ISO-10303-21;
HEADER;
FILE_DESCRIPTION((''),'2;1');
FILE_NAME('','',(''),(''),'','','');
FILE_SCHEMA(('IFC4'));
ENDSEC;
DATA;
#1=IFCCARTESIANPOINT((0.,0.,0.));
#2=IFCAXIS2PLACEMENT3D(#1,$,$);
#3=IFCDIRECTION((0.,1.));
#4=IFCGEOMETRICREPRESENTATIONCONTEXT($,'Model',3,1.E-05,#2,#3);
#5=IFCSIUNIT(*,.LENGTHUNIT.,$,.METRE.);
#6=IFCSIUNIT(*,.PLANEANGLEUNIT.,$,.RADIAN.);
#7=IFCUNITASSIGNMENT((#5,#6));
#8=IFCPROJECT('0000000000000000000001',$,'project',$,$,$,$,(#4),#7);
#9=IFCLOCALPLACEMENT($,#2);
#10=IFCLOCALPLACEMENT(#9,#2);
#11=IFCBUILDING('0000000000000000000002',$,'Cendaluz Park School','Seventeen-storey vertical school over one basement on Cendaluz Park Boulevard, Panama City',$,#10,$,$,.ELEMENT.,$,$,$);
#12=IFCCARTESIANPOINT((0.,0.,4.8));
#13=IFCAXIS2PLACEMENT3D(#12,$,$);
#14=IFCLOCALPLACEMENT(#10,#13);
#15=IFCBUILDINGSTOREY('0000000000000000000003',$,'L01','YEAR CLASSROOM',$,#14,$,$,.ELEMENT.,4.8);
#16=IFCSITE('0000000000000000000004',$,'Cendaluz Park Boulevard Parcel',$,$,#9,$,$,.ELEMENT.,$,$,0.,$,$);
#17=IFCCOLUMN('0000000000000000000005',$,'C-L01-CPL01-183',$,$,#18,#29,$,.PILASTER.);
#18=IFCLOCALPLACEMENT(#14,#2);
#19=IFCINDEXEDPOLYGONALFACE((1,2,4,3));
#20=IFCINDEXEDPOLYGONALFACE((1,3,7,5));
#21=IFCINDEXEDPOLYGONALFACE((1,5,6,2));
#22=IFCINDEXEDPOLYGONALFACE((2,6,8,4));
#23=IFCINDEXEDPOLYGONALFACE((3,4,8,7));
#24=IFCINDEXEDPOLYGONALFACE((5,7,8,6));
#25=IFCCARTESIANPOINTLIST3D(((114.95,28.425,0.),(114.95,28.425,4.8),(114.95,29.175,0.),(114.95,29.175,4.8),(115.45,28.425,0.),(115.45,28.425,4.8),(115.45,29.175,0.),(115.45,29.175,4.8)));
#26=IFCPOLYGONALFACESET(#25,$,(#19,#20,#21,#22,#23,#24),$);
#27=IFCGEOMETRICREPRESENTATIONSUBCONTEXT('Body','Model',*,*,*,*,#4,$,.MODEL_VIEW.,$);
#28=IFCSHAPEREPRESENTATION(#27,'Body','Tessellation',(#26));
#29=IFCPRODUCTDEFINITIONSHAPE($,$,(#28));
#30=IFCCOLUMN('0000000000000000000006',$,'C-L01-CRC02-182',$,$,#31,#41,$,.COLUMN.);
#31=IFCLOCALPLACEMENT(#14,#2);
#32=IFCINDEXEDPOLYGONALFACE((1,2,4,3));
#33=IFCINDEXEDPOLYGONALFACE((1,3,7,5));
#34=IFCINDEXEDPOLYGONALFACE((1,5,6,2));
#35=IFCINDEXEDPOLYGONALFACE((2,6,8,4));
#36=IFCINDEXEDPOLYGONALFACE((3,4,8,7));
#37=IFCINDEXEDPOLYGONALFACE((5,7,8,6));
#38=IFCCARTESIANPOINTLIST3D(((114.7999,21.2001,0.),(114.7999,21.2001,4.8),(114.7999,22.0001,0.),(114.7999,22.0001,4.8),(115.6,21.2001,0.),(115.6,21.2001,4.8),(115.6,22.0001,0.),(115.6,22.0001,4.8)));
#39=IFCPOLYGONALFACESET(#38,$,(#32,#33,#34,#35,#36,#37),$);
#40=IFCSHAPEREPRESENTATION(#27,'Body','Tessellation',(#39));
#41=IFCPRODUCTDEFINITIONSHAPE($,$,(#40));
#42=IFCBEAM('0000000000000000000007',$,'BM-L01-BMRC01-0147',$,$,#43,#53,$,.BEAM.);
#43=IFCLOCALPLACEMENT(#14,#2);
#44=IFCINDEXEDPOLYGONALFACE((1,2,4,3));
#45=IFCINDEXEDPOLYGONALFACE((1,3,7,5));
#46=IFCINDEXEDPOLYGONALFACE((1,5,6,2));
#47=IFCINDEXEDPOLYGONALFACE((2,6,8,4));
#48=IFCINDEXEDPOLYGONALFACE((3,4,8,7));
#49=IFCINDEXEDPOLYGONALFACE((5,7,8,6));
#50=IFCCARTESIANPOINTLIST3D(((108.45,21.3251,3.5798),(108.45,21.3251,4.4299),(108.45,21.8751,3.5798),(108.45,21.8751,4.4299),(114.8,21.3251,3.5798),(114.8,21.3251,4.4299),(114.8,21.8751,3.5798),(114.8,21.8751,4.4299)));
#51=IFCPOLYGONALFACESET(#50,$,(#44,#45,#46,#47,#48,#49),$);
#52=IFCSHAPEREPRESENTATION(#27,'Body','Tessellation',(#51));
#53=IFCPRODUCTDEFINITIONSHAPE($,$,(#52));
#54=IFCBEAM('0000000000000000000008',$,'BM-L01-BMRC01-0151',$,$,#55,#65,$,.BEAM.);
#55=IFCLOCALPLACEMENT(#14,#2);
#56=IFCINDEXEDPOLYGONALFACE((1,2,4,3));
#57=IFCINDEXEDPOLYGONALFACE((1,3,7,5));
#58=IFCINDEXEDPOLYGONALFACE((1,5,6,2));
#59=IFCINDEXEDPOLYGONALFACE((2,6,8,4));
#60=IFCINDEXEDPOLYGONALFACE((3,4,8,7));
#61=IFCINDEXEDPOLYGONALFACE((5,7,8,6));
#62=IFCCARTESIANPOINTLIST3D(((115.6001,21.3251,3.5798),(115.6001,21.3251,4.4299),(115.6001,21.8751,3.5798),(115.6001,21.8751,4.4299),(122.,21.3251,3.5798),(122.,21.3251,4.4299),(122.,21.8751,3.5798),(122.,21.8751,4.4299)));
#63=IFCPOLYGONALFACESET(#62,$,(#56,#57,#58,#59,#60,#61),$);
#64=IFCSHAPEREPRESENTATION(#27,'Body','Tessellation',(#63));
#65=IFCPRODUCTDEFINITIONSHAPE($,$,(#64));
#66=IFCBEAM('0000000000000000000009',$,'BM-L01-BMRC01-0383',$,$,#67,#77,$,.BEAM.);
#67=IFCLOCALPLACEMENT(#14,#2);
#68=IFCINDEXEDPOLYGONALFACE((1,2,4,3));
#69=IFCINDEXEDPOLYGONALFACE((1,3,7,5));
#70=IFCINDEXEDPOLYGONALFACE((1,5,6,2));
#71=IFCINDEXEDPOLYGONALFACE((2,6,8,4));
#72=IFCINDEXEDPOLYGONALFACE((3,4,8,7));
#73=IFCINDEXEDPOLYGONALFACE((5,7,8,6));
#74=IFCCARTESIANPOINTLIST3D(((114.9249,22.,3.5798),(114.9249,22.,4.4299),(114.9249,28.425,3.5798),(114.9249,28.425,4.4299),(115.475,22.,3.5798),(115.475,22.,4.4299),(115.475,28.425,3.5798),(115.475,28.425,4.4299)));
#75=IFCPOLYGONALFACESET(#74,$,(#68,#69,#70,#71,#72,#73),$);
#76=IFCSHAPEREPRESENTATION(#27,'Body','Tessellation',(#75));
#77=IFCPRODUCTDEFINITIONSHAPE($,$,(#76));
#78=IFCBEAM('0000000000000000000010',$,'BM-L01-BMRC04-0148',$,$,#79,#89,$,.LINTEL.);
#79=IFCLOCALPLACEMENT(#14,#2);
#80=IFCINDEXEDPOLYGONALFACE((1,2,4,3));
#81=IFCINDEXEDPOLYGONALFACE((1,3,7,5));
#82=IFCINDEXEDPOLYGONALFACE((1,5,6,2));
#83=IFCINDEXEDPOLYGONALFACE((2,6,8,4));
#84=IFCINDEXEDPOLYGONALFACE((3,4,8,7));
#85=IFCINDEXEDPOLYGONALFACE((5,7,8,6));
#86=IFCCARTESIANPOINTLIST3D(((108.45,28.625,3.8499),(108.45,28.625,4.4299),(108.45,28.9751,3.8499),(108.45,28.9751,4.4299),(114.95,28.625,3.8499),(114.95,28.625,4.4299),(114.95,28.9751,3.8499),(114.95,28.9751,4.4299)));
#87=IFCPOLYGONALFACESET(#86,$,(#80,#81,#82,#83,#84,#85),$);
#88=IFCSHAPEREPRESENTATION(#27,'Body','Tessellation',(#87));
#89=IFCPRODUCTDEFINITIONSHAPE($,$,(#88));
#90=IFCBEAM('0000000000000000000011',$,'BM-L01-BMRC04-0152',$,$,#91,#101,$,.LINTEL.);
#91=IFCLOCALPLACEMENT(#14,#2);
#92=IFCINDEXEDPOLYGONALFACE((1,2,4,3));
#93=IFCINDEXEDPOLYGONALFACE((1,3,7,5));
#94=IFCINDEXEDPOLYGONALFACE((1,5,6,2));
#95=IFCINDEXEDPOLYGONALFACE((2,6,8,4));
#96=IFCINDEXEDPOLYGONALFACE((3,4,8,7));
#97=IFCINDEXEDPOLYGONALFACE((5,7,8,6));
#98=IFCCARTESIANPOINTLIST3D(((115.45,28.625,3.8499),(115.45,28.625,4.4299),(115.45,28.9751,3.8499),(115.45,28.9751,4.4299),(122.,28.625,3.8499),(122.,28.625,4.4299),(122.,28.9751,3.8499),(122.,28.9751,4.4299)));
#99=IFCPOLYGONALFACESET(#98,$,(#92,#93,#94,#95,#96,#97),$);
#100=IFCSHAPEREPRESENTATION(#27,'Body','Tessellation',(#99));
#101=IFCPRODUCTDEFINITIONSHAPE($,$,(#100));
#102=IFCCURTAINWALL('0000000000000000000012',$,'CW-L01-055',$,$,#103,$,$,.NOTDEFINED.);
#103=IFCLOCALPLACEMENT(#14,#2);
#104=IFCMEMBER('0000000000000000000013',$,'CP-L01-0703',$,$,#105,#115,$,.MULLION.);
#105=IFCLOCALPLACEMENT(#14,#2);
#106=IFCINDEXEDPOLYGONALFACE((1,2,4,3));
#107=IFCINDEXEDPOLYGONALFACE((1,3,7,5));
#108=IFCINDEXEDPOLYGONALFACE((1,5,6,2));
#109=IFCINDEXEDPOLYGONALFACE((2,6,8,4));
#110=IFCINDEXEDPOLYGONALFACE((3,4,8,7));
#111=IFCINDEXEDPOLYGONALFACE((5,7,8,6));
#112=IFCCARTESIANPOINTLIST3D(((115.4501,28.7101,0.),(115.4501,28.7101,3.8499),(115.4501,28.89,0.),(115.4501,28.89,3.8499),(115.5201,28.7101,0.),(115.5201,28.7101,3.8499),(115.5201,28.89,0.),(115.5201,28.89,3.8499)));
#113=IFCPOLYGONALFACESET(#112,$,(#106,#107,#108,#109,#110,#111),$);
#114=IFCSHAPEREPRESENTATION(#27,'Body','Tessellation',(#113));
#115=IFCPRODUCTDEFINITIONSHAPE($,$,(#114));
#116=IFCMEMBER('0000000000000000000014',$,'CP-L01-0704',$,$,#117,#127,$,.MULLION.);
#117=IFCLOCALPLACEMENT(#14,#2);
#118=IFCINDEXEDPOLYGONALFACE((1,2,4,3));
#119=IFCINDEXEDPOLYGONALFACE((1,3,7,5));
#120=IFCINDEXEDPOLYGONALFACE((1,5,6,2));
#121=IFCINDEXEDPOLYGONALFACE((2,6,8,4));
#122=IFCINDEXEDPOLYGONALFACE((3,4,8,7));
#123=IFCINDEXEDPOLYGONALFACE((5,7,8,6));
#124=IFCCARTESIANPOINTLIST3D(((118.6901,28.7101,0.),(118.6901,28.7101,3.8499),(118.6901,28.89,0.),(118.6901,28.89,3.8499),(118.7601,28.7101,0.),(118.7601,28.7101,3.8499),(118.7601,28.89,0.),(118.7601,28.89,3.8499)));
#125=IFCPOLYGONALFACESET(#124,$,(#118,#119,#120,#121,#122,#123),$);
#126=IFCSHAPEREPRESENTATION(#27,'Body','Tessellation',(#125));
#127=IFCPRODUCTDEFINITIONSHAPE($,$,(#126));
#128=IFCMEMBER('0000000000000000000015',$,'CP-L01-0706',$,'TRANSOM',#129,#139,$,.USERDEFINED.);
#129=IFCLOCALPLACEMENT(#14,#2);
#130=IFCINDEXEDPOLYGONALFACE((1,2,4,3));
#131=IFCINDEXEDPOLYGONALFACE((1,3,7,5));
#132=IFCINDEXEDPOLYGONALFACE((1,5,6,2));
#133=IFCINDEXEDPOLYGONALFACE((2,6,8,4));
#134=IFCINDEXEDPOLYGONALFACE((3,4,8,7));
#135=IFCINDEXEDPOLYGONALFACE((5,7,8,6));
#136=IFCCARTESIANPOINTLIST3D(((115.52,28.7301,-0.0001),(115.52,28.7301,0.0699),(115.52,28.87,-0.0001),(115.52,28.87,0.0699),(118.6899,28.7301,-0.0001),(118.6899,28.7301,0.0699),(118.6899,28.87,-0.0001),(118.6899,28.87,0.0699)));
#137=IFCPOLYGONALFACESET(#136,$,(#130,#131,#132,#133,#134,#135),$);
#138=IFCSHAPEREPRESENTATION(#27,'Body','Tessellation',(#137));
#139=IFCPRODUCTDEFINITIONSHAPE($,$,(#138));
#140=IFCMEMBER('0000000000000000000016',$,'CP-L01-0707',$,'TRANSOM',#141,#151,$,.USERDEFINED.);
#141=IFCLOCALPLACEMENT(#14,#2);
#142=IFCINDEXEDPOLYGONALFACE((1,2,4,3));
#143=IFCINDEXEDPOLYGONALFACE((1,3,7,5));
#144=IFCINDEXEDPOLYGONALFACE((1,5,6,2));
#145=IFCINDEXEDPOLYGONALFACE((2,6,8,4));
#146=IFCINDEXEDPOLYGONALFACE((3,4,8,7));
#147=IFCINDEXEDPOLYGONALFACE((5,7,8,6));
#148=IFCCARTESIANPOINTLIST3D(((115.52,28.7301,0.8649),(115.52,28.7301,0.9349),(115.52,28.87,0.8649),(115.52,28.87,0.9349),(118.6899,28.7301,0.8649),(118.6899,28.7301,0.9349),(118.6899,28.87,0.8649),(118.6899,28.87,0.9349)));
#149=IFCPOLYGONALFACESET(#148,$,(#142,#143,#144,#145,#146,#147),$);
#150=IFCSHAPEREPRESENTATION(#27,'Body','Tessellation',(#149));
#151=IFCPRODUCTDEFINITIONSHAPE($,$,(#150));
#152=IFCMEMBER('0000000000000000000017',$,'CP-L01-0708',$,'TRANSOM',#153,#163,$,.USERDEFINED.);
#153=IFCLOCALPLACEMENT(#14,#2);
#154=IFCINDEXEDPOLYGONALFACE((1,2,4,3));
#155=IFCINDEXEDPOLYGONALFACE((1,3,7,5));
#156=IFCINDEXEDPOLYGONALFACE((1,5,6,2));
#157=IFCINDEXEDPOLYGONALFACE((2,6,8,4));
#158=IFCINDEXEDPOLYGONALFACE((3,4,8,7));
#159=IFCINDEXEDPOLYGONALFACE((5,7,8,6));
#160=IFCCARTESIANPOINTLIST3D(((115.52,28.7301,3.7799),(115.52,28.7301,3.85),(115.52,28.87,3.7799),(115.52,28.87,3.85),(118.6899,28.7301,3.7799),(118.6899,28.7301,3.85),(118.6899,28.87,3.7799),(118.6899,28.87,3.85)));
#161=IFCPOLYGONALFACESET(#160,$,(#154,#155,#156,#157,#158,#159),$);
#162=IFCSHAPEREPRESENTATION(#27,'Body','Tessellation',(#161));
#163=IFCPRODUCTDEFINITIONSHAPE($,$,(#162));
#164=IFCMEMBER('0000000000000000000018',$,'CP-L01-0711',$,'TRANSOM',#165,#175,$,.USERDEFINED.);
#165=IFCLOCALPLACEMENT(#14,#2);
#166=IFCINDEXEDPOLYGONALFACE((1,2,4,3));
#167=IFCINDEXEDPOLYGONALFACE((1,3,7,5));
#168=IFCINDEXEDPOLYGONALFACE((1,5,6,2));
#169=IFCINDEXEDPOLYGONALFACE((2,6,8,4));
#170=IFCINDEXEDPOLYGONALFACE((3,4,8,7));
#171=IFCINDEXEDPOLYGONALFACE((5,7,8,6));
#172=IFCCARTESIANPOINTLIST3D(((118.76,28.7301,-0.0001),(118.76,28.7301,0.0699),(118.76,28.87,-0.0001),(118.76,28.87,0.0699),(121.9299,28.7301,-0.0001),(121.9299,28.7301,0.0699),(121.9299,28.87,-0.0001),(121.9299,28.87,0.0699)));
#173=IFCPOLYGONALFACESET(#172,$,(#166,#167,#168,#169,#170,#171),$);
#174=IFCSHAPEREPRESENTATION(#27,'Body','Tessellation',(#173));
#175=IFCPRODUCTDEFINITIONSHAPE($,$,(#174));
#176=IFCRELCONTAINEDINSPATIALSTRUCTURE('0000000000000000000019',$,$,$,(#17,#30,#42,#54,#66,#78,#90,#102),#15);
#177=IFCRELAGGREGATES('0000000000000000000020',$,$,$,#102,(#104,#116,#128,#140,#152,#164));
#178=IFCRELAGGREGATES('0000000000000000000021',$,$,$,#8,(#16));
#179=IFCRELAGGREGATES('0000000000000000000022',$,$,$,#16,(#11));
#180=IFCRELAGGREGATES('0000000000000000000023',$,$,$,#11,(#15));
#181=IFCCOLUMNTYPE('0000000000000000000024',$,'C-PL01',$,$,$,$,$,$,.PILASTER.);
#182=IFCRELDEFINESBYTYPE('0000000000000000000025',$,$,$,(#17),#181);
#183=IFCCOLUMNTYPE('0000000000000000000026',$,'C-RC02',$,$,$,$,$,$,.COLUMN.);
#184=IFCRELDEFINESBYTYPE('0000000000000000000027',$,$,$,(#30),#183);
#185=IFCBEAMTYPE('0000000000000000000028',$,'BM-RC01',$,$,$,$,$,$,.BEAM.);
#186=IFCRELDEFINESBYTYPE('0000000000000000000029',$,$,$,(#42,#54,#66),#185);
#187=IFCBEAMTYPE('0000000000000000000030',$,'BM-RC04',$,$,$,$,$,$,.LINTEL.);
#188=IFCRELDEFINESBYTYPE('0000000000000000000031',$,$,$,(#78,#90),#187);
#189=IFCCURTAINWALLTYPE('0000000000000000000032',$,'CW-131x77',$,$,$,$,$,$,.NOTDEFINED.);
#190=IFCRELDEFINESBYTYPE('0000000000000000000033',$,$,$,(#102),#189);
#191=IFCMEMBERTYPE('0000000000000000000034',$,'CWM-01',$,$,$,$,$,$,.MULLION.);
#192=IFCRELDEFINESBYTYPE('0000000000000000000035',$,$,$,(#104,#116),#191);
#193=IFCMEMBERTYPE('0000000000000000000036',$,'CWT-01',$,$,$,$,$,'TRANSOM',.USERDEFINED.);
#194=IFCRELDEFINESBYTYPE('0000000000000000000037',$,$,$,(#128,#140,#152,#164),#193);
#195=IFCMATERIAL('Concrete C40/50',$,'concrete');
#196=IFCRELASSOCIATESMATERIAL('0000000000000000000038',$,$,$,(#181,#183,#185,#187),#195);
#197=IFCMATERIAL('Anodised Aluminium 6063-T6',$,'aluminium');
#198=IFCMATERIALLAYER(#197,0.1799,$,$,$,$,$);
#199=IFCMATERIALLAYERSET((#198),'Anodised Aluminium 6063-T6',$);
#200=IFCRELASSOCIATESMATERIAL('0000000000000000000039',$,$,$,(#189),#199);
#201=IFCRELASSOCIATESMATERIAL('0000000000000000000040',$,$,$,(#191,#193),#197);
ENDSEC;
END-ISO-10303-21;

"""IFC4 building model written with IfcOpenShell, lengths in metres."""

from ifc_helpers import new_model, si_unit, direction, frame, origin, origin_2d, place, context, subcontext, project, spatial, rectangle, extrude, material, layer, layer_set, material_profile, profile_set, type_object, element, aggregate, save


model = new_model("IFC4")

# Units and contexts
model_context = context("Model", 3, precision=1e-05, world=origin(), true_north=direction((0.0, 1.0)))
body_context = subcontext(model_context, "Body", "Model", "MODEL_VIEW")
ifc_project = project(units=[si_unit("LENGTHUNIT", "METRE"), si_unit("PLANEANGLEUNIT", "RADIAN")], contexts=[model_context])

# Site, building, storey
site_placement = place(None, origin())
site = spatial("IfcSite", under=ifc_project, at=site_placement, Name="Cendaluz Park Boulevard Parcel", CompositionType="ELEMENT", RefElevation=0.0)
building_placement = place(site_placement, origin())
building = spatial("IfcBuilding", under=site, at=building_placement, Name="Cendaluz Park School", Description="Seventeen-storey vertical school over one basement on Cendaluz Park Boulevard, Panama City", CompositionType="ELEMENT")
storey_placement = place(building_placement, frame((0.0, 0.0, 4.8)))
storey = spatial("IfcBuildingStorey", under=building, at=storey_placement, Name="L01", Description="YEAR CLASSROOM", CompositionType="ELEMENT", Elevation=4.8)

# Columns
ifc_material_1 = material(Name="Concrete C40/50", Category="concrete")
ifc_material_profile_1 = material_profile(ifc_material_1, rectangle(XDim=0.5, YDim=0.75, at=origin_2d()), Name="RC 500x750", Category="concrete")
ifc_profile_set_1 = profile_set([ifc_material_profile_1], Name="Concrete C40/50")
column_type_1 = type_object("IfcColumnType", Name="C-PL01", PredefinedType="PILASTER", material=ifc_profile_set_1)
column_1_placement = place(storey_placement, frame((115.2, 28.8, 0.0), z_axis=(0.0, 0.0, 1.0), x_axis=(1.0, 0.0, 0.0)))
element("IfcColumn", 1, at=column_1_placement, inside=storey, type_object=column_type_1, Name="C-L01-CPL01-183", PredefinedType="PILASTER", context=body_context, shape_type="SweptSolid", body=[
    extrude(rectangle(XDim=0.5, YDim=0.75, at=origin_2d()), origin(), (0.0, 0.0, 1.0), 4.8),
])
ifc_material_profile_2 = material_profile(ifc_material_1, rectangle(XDim=0.8, YDim=0.8, at=origin_2d()), Name="RC 800x800", Category="concrete")
ifc_profile_set_2 = profile_set([ifc_material_profile_2], Name="Concrete C40/50")
column_type_2 = type_object("IfcColumnType", Name="C-RC02", PredefinedType="COLUMN", material=ifc_profile_set_2)
column_2_placement = place(storey_placement, frame((115.2, 21.6001, 0.0), z_axis=(0.0, 0.0, 1.0), x_axis=(1.0, 0.0, 0.0)))
element("IfcColumn", 2, at=column_2_placement, inside=storey, type_object=column_type_2, Name="C-L01-CRC02-182", PredefinedType="COLUMN", context=body_context, shape_type="SweptSolid", body=[
    extrude(rectangle(XDim=0.8, YDim=0.8, at=origin_2d()), origin(), (0.0, 0.0, 1.0), 4.8),
])

# Beams
ifc_material_profile_3 = material_profile(ifc_material_1, rectangle(XDim=0.55, YDim=0.8501, at=origin_2d()), Name="RC 550x850", Category="concrete")
ifc_profile_set_3 = profile_set([ifc_material_profile_3], Name="Concrete C40/50")
beam_type_1 = type_object("IfcBeamType", Name="BM-RC01", PredefinedType="BEAM", material=ifc_profile_set_3)
beam_1_placement = place(storey_placement, frame((108.45, 21.6001, 4.0049), z_axis=(1.0, 0.0, 0.0), x_axis=(0.0, 1.0, 0.0)))
element("IfcBeam", 3, at=beam_1_placement, inside=storey, type_object=beam_type_1, Name="BM-L01-BMRC01-0147", PredefinedType="BEAM", context=body_context, shape_type="SweptSolid", body=[
    extrude(rectangle(XDim=0.55, YDim=0.8501, at=origin_2d()), origin(), (0.0, 0.0, 1.0), 6.3501),
])
beam_2_placement = place(storey_placement, frame((115.6001, 21.6001, 4.0049), z_axis=(1.0, 0.0, 0.0), x_axis=(0.0, 1.0, 0.0)))
element("IfcBeam", 4, at=beam_2_placement, inside=storey, type_object=beam_type_1, Name="BM-L01-BMRC01-0151", PredefinedType="BEAM", context=body_context, shape_type="SweptSolid", body=[
    extrude(rectangle(XDim=0.55, YDim=0.8501, at=origin_2d()), origin(), (0.0, 0.0, 1.0), 6.3999),
])
beam_3_placement = place(storey_placement, frame((115.2, 22.0, 4.0049), z_axis=(0.0, 1.0, 0.0), x_axis=(-1.0, 0.0, 0.0)))
element("IfcBeam", 5, at=beam_3_placement, inside=storey, type_object=beam_type_1, Name="BM-L01-BMRC01-0383", PredefinedType="BEAM", context=body_context, shape_type="SweptSolid", body=[
    extrude(rectangle(XDim=0.55, YDim=0.8501, at=origin_2d()), origin(), (0.0, 0.0, 1.0), 6.425),
])
ifc_material_profile_4 = material_profile(ifc_material_1, rectangle(XDim=0.3501, YDim=0.5801, at=origin_2d()), Name="RC 350x580", Category="concrete")
ifc_profile_set_4 = profile_set([ifc_material_profile_4], Name="Concrete C40/50")
beam_type_2 = type_object("IfcBeamType", Name="BM-RC04", PredefinedType="LINTEL", material=ifc_profile_set_4)
beam_4_placement = place(storey_placement, frame((108.45, 28.8, 4.1399), z_axis=(1.0, 0.0, 0.0), x_axis=(0.0, 1.0, 0.0)))
element("IfcBeam", 6, at=beam_4_placement, inside=storey, type_object=beam_type_2, Name="BM-L01-BMRC04-0148", PredefinedType="LINTEL", context=body_context, shape_type="SweptSolid", body=[
    extrude(rectangle(XDim=0.3501, YDim=0.5801, at=origin_2d()), origin(), (0.0, 0.0, 1.0), 6.5),
])
beam_5_placement = place(storey_placement, frame((115.45, 28.8, 4.1399), z_axis=(1.0, 0.0, 0.0), x_axis=(0.0, 1.0, 0.0)))
element("IfcBeam", 7, at=beam_5_placement, inside=storey, type_object=beam_type_2, Name="BM-L01-BMRC04-0152", PredefinedType="LINTEL", context=body_context, shape_type="SweptSolid", body=[
    extrude(rectangle(XDim=0.3501, YDim=0.5801, at=origin_2d()), origin(), (0.0, 0.0, 1.0), 6.55),
])

# Curtain wall, members
ifc_material_2 = material(Name="Anodised Aluminium 6063-T6", Category="aluminium")
ifc_layer_1 = layer(ifc_material_2, 0.1799)
ifc_layer_set_1 = layer_set([ifc_layer_1], Name="Anodised Aluminium 6063-T6")
curtain_wall_type = type_object("IfcCurtainWallType", Name="CW-131x77", PredefinedType="NOTDEFINED", material=ifc_layer_set_1)
curtain_wall_placement = place(storey_placement, origin())
curtain_wall = element("IfcCurtainWall", 8, at=curtain_wall_placement, inside=storey, type_object=curtain_wall_type, Name="CW-L01-055", PredefinedType="NOTDEFINED")
ifc_material_profile_5 = material_profile(ifc_material_2, rectangle(XDim=0.1799, YDim=0.0701, at=origin_2d()), Name="CWM 180x70", Category="aluminium")
ifc_profile_set_5 = profile_set([ifc_material_profile_5], Name="Anodised Aluminium 6063-T6")
member_type_1 = type_object("IfcMemberType", Name="CWM-01", PredefinedType="MULLION", material=ifc_profile_set_5)
member_1_placement = place(storey_placement, frame((115.4851, 28.8, 0.0), z_axis=(0.0, 0.0, 1.0), x_axis=(0.0, 1.0, 0.0)))
member_1 = element("IfcMember", 9, at=member_1_placement, type_object=member_type_1, Name="CP-L01-0703", PredefinedType="MULLION", context=body_context, shape_type="SweptSolid", body=[
    extrude(rectangle(XDim=0.1799, YDim=0.0701, at=origin_2d()), origin(), (0.0, 0.0, 1.0), 3.8499),
])
member_2_placement = place(storey_placement, frame((118.7251, 28.8, 0.0), z_axis=(0.0, 0.0, 1.0), x_axis=(0.0, 1.0, 0.0)))
member_2 = element("IfcMember", 10, at=member_2_placement, type_object=member_type_1, Name="CP-L01-0704", PredefinedType="MULLION", context=body_context, shape_type="SweptSolid", body=[
    extrude(rectangle(XDim=0.1799, YDim=0.0701, at=origin_2d()), origin(), (0.0, 0.0, 1.0), 3.8499),
])
ifc_material_profile_6 = material_profile(ifc_material_2, rectangle(XDim=0.1399, YDim=0.0701, at=origin_2d()), Name="CWT 140x70", Category="aluminium")
ifc_profile_set_6 = profile_set([ifc_material_profile_6], Name="Anodised Aluminium 6063-T6")
member_type_2 = type_object("IfcMemberType", Name="CWT-01", ElementType="TRANSOM", PredefinedType="USERDEFINED", material=ifc_profile_set_6)
member_3_placement = place(storey_placement, frame((115.52, 28.8, 0.0349), z_axis=(1.0, 0.0, 0.0), x_axis=(0.0, 1.0, 0.0)))
member_3 = element("IfcMember", 11, at=member_3_placement, type_object=member_type_2, Name="CP-L01-0706", ObjectType="TRANSOM", PredefinedType="USERDEFINED", context=body_context, shape_type="SweptSolid", body=[
    extrude(rectangle(XDim=0.1399, YDim=0.0701, at=origin_2d()), origin(), (0.0, 0.0, 1.0), 3.1699),
])
member_4_placement = place(storey_placement, frame((115.52, 28.8, 0.8999), z_axis=(1.0, 0.0, 0.0), x_axis=(0.0, 1.0, 0.0)))
member_4 = element("IfcMember", 12, at=member_4_placement, type_object=member_type_2, Name="CP-L01-0707", ObjectType="TRANSOM", PredefinedType="USERDEFINED", context=body_context, shape_type="SweptSolid", body=[
    extrude(rectangle(XDim=0.1399, YDim=0.0701, at=origin_2d()), origin(), (0.0, 0.0, 1.0), 3.1699),
])
member_5_placement = place(storey_placement, frame((115.52, 28.8, 3.8149), z_axis=(1.0, 0.0, 0.0), x_axis=(0.0, 1.0, 0.0)))
member_5 = element("IfcMember", 13, at=member_5_placement, type_object=member_type_2, Name="CP-L01-0708", ObjectType="TRANSOM", PredefinedType="USERDEFINED", context=body_context, shape_type="SweptSolid", body=[
    extrude(rectangle(XDim=0.1399, YDim=0.0701, at=origin_2d()), origin(), (0.0, 0.0, 1.0), 3.1699),
])
member_6_placement = place(storey_placement, frame((118.76, 28.8, 0.0349), z_axis=(1.0, 0.0, 0.0), x_axis=(0.0, 1.0, 0.0)))
member_6 = element("IfcMember", 14, at=member_6_placement, type_object=member_type_2, Name="CP-L01-0711", ObjectType="TRANSOM", PredefinedType="USERDEFINED", context=body_context, shape_type="SweptSolid", body=[
    extrude(rectangle(XDim=0.1399, YDim=0.0701, at=origin_2d()), origin(), (0.0, 0.0, 1.0), 3.1699),
])

aggregate(curtain_wall, [member_1, member_2, member_3, member_4, member_5, member_6])

save(model, "model.ifc")
